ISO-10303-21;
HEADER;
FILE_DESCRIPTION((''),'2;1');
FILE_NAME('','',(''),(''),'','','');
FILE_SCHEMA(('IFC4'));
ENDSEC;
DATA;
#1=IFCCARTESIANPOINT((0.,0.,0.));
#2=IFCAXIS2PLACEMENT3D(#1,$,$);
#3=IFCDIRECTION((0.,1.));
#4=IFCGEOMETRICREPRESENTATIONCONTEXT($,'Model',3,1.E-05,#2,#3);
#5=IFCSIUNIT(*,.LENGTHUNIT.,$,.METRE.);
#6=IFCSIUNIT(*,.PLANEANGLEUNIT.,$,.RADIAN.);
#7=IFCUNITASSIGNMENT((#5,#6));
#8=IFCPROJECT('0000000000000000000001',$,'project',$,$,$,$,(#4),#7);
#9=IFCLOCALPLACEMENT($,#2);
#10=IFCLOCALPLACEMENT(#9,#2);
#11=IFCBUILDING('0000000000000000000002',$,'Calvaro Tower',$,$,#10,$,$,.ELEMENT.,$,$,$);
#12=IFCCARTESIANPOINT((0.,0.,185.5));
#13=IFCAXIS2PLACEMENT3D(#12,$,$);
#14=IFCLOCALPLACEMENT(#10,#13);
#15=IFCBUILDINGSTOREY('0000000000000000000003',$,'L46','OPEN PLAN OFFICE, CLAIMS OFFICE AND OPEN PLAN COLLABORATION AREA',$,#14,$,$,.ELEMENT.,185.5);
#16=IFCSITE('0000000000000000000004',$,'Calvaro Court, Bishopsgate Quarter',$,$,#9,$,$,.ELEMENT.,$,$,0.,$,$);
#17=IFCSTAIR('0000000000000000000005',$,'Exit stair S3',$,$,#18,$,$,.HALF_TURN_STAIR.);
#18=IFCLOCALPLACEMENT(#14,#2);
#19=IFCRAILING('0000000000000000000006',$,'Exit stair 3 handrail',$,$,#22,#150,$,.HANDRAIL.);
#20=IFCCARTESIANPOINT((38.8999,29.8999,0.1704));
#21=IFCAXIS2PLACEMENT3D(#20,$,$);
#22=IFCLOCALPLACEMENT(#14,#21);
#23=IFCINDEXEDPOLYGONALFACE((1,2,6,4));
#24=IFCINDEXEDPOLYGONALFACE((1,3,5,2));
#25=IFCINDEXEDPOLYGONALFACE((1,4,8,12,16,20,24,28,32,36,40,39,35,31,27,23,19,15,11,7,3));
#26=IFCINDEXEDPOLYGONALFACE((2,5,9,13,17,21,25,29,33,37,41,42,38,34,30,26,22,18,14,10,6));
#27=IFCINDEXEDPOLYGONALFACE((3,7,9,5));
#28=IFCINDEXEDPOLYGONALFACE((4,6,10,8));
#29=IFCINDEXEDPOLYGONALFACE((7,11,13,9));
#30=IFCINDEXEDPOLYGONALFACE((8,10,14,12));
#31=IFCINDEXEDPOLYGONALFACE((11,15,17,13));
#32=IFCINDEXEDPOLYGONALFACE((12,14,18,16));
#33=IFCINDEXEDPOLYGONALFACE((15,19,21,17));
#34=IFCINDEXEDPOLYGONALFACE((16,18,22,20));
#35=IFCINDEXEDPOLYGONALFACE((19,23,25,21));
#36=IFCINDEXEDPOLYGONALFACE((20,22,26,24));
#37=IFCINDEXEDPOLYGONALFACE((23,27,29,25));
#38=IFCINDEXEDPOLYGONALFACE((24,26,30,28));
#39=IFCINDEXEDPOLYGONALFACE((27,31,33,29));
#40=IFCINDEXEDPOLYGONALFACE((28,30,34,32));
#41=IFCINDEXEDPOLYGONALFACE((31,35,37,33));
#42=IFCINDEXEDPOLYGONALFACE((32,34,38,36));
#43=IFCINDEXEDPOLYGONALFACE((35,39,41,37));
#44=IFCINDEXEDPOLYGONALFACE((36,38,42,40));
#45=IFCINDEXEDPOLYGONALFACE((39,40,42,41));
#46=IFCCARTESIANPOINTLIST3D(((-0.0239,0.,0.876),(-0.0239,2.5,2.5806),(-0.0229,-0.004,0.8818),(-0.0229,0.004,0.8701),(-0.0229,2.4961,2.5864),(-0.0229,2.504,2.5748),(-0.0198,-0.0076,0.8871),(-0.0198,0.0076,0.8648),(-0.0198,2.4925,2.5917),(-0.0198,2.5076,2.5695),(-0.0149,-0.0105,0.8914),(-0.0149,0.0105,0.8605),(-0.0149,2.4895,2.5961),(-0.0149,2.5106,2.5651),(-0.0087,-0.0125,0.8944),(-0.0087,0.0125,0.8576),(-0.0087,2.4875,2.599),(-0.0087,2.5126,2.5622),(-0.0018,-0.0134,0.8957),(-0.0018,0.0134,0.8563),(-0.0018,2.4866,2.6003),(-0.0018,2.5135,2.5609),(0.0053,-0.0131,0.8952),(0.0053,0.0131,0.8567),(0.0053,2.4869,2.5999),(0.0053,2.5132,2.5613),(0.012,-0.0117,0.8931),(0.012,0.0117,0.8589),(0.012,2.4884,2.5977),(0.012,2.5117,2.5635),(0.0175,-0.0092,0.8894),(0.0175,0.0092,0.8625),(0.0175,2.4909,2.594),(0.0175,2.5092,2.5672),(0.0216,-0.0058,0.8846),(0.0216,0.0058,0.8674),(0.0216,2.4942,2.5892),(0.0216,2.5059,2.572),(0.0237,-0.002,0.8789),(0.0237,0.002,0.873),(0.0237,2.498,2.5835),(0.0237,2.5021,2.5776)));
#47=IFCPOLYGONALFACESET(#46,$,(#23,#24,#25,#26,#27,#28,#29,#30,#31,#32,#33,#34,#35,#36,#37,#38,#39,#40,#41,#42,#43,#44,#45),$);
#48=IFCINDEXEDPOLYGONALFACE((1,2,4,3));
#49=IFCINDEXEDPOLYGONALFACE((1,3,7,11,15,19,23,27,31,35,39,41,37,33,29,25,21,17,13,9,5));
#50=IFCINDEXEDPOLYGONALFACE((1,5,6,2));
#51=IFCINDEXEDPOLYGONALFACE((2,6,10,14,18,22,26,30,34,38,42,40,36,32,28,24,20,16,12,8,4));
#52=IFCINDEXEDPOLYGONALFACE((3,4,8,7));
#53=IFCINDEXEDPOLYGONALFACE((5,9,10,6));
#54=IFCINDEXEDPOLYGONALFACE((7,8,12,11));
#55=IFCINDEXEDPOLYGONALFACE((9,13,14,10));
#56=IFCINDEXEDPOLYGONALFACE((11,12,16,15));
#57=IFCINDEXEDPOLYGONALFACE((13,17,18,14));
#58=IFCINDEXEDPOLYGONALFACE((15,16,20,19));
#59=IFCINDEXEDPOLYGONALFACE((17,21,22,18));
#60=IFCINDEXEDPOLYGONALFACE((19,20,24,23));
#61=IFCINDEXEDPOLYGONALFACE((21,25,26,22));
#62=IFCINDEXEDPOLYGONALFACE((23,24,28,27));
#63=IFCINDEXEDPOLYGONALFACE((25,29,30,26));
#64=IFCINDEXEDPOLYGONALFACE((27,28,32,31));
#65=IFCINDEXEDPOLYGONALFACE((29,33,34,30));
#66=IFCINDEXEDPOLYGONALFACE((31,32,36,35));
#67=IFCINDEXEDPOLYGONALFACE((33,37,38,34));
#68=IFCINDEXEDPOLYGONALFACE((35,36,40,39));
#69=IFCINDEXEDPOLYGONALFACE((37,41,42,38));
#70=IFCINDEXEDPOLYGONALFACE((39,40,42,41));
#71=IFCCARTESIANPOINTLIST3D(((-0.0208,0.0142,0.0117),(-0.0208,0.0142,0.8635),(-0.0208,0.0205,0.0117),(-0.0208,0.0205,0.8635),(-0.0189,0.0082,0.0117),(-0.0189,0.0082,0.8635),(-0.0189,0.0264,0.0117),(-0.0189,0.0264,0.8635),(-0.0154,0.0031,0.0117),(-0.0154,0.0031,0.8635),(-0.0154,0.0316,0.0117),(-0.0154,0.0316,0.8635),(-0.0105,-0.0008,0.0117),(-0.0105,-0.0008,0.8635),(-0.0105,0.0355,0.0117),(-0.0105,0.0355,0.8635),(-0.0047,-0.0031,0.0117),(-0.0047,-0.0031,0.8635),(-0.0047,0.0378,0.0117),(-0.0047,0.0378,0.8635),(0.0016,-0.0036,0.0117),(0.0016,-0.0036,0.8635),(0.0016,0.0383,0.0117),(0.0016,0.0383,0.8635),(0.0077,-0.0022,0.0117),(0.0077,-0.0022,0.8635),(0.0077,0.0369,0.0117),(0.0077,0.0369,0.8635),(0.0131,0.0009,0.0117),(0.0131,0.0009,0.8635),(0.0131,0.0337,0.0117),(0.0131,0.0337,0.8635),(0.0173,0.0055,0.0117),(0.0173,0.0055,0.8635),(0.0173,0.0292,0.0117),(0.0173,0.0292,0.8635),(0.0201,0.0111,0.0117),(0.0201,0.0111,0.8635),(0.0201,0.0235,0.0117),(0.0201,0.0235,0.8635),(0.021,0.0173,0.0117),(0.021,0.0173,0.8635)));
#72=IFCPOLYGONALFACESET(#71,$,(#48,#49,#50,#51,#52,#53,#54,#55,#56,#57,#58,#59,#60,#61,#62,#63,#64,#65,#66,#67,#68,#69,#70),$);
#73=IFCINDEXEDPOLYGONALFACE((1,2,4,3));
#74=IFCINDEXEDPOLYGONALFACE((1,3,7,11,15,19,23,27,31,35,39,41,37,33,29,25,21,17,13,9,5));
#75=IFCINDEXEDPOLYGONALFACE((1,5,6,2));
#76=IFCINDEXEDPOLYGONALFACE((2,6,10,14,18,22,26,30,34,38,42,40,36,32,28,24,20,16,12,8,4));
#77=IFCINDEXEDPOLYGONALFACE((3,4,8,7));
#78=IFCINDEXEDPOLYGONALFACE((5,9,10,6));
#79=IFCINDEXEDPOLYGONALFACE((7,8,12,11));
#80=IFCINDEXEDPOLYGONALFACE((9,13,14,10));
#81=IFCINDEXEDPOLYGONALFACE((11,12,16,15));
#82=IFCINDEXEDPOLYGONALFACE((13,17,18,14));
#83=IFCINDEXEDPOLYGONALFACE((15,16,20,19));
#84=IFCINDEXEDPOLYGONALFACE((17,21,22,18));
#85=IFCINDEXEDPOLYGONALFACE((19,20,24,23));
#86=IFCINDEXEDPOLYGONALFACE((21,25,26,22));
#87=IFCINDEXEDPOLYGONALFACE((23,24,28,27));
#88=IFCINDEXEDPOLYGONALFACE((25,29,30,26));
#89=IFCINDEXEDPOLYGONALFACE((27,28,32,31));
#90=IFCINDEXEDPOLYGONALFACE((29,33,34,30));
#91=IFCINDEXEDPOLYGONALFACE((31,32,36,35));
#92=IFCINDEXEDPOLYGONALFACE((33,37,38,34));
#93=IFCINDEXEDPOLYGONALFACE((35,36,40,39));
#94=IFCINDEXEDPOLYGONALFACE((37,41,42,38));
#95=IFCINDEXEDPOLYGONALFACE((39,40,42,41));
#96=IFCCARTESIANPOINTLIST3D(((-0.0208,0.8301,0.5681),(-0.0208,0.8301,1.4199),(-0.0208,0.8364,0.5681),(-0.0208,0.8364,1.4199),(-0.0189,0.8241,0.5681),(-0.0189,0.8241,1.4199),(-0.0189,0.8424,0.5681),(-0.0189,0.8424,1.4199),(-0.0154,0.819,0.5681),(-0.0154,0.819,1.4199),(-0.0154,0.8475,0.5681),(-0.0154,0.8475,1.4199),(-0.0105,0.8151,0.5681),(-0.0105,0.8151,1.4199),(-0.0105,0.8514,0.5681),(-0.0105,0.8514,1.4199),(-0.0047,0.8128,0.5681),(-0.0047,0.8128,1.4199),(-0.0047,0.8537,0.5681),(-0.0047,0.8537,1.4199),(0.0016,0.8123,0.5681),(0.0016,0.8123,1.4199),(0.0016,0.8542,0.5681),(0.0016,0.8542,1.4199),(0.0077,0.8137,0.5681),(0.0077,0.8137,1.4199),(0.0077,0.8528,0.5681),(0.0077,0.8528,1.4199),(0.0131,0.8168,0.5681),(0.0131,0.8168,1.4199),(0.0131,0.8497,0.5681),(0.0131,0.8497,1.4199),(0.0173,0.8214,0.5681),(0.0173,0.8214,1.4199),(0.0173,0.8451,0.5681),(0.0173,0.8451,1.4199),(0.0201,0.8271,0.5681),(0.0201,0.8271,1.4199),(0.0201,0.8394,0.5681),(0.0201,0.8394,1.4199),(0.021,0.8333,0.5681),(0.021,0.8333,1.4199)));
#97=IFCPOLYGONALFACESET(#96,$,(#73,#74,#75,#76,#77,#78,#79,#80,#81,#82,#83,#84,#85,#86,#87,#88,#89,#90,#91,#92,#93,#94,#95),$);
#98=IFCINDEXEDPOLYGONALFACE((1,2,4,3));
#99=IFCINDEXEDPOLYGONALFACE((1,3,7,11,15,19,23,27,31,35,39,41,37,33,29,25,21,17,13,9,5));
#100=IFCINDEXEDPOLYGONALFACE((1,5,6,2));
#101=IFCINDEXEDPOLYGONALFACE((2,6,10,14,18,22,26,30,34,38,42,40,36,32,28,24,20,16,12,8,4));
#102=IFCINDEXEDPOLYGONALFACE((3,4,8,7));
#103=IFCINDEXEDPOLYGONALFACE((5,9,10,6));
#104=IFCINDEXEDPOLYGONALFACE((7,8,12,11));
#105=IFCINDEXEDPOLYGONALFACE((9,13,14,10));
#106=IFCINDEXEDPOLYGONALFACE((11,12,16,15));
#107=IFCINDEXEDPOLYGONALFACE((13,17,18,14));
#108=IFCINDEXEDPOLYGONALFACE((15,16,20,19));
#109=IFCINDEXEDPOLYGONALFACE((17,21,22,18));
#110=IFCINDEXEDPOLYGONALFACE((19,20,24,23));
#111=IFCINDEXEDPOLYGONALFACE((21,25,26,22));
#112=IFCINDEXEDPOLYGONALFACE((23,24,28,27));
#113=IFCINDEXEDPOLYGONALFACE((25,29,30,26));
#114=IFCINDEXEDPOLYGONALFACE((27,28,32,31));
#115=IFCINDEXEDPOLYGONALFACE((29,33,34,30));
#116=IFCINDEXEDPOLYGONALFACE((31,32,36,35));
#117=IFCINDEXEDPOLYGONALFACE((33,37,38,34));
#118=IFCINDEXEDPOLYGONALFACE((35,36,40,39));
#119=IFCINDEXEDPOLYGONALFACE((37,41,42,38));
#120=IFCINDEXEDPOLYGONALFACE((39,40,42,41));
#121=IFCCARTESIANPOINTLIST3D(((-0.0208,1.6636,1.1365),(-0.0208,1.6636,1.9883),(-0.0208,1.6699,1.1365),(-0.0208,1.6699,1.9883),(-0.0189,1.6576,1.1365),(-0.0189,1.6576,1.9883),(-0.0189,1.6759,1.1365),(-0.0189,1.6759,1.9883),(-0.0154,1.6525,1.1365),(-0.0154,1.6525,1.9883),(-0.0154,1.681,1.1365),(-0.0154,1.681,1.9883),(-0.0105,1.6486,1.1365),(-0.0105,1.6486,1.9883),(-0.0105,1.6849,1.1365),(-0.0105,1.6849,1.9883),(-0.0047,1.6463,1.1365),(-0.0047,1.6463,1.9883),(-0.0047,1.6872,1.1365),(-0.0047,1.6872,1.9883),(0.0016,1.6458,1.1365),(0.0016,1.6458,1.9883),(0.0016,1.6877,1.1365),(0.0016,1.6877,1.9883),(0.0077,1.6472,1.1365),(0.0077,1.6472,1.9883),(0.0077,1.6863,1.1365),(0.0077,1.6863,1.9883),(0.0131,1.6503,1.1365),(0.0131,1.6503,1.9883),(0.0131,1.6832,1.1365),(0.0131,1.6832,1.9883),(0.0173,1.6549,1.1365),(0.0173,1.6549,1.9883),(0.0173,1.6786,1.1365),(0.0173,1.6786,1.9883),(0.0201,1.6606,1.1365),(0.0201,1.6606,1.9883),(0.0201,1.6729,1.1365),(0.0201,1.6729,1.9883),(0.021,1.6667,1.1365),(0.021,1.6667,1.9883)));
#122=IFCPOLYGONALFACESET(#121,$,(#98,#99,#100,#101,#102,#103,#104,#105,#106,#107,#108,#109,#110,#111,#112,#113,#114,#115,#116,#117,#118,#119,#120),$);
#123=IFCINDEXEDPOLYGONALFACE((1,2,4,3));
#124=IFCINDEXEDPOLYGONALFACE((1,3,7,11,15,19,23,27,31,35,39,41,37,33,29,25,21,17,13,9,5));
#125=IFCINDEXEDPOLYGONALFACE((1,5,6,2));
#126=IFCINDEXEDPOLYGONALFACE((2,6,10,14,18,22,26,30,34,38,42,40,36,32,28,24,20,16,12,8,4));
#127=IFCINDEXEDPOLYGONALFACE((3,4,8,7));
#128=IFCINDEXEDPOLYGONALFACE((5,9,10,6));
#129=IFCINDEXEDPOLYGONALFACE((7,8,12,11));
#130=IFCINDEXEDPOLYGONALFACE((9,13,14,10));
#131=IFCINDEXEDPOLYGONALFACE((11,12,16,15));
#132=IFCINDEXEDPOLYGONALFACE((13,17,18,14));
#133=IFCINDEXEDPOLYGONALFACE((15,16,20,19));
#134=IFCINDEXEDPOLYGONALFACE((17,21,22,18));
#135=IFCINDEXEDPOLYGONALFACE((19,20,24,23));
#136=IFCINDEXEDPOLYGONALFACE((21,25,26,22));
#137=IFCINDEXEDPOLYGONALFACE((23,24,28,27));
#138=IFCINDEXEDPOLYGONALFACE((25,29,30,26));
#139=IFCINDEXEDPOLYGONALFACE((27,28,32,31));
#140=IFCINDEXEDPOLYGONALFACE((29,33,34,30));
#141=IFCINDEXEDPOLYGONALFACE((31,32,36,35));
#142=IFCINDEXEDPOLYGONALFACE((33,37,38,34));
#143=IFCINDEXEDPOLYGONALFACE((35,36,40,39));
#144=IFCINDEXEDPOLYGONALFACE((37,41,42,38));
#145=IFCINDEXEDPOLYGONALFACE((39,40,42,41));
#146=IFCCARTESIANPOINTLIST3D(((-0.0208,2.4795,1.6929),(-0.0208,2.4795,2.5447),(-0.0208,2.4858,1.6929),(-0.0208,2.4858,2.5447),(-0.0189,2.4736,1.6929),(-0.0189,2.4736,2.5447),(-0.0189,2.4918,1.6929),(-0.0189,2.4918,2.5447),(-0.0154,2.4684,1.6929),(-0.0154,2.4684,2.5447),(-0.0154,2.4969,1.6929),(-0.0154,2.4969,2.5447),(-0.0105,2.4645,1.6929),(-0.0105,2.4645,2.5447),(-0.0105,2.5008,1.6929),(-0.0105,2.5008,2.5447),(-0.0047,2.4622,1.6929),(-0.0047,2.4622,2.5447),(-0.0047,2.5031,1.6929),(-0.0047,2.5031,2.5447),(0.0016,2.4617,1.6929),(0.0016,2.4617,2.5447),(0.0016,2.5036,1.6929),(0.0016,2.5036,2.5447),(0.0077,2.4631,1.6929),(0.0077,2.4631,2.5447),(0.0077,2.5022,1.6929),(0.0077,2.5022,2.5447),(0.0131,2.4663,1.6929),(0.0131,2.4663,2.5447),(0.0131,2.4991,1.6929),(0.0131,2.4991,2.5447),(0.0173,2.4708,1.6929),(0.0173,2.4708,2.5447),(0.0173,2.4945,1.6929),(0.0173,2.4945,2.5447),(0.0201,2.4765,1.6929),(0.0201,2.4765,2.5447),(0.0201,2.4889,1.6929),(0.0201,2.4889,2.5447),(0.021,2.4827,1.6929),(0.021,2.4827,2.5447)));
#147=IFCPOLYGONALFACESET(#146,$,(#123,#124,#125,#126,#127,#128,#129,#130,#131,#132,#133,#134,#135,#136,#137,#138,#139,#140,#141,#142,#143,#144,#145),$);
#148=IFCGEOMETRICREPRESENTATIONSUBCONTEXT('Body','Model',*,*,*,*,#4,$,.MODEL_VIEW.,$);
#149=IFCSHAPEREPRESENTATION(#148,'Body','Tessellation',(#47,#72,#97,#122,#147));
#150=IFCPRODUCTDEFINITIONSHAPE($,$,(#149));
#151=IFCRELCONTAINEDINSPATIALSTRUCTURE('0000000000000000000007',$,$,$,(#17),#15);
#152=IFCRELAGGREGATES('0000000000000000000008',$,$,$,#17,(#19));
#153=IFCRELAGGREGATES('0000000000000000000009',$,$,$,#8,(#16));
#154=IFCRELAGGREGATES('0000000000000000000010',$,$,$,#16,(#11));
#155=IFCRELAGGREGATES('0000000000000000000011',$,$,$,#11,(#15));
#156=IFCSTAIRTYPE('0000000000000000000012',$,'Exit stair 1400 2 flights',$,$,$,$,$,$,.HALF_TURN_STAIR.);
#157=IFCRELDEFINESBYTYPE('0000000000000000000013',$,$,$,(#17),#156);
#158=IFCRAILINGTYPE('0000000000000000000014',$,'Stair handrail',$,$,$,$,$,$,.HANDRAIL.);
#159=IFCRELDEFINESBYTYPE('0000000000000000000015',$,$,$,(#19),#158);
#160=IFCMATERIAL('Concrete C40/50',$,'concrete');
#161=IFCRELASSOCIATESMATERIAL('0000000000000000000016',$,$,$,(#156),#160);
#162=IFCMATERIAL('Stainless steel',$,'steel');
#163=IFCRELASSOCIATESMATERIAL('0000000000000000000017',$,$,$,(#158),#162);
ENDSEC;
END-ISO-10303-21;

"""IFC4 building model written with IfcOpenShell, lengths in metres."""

from ifc_helpers import new_model, si_unit, direction, frame, origin, origin_2d, place, context, subcontext, project, spatial, circle, extrude, material, type_object, element, aggregate, save


model = new_model("IFC4")

# Units and contexts
model_context = context("Model", 3, precision=1e-05, world=origin(), true_north=direction((0.0, 1.0)))
body_context = subcontext(model_context, "Body", "Model", "MODEL_VIEW")
ifc_project = project(units=[si_unit("LENGTHUNIT", "METRE"), si_unit("PLANEANGLEUNIT", "RADIAN")], contexts=[model_context])

# Site, building, storey
site_placement = place(None, origin())
site = spatial("IfcSite", under=ifc_project, at=site_placement, Name="Calvaro Court, Bishopsgate Quarter", CompositionType="ELEMENT", RefElevation=0.0)
building_placement = place(site_placement, origin())
building = spatial("IfcBuilding", under=site, at=building_placement, Name="Calvaro Tower", CompositionType="ELEMENT")
storey_placement = place(building_placement, frame((0.0, 0.0, 185.5)))
storey = spatial("IfcBuildingStorey", under=building, at=storey_placement, Name="L46", Description="OPEN PLAN OFFICE, CLAIMS OFFICE AND OPEN PLAN COLLABORATION AREA", CompositionType="ELEMENT", Elevation=185.5)

# Stair
ifc_material_1 = material(Name="Concrete C40/50", Category="concrete")
stair_type = type_object("IfcStairType", Name="Exit stair 1400 2 flights", PredefinedType="HALF_TURN_STAIR", material=ifc_material_1)
stair_1_placement = place(storey_placement, origin())
stair_1 = element("IfcStair", 1, at=stair_1_placement, inside=storey, type_object=stair_type, Name="Exit stair S3", PredefinedType="HALF_TURN_STAIR")

# Railing
ifc_material_2 = material(Name="Stainless steel", Category="steel")
railing_type = type_object("IfcRailingType", Name="Stair handrail", PredefinedType="HANDRAIL", material=ifc_material_2)
railing_1_placement = place(storey_placement, frame((38.8999, 29.8999, 0.1704)))
railing_1 = element("IfcRailing", 2, at=railing_1_placement, type_object=railing_type, Name="Exit stair 3 handrail", PredefinedType="HANDRAIL", context=body_context, shape_type="SweptSolid", body=[
    extrude(circle(Radius=0.0239, at=origin_2d()), frame((0.0, 0.0, 0.876), z_axis=(0.0, 0.826221, 0.563347), x_axis=(-1.0, 0.0, 0.0)), (0.0, 0.0, 1.0), 3.0259),
    extrude(circle(Radius=0.021, at=origin_2d()), frame((0.0, 0.0173, 0.0117)), (0.0, 0.0, 1.0), 0.8518),
    extrude(circle(Radius=0.021, at=origin_2d()), frame((0.0, 0.8333, 0.5681)), (0.0, 0.0, 1.0), 0.8518),
    extrude(circle(Radius=0.021, at=origin_2d()), frame((0.0, 1.6667, 1.1365)), (0.0, 0.0, 1.0), 0.8518),
    extrude(circle(Radius=0.021, at=origin_2d()), frame((0.0, 2.4827, 1.6929)), (0.0, 0.0, 1.0), 0.8518),
])
aggregate(stair_1, [railing_1])

save(model, "model.ifc")
